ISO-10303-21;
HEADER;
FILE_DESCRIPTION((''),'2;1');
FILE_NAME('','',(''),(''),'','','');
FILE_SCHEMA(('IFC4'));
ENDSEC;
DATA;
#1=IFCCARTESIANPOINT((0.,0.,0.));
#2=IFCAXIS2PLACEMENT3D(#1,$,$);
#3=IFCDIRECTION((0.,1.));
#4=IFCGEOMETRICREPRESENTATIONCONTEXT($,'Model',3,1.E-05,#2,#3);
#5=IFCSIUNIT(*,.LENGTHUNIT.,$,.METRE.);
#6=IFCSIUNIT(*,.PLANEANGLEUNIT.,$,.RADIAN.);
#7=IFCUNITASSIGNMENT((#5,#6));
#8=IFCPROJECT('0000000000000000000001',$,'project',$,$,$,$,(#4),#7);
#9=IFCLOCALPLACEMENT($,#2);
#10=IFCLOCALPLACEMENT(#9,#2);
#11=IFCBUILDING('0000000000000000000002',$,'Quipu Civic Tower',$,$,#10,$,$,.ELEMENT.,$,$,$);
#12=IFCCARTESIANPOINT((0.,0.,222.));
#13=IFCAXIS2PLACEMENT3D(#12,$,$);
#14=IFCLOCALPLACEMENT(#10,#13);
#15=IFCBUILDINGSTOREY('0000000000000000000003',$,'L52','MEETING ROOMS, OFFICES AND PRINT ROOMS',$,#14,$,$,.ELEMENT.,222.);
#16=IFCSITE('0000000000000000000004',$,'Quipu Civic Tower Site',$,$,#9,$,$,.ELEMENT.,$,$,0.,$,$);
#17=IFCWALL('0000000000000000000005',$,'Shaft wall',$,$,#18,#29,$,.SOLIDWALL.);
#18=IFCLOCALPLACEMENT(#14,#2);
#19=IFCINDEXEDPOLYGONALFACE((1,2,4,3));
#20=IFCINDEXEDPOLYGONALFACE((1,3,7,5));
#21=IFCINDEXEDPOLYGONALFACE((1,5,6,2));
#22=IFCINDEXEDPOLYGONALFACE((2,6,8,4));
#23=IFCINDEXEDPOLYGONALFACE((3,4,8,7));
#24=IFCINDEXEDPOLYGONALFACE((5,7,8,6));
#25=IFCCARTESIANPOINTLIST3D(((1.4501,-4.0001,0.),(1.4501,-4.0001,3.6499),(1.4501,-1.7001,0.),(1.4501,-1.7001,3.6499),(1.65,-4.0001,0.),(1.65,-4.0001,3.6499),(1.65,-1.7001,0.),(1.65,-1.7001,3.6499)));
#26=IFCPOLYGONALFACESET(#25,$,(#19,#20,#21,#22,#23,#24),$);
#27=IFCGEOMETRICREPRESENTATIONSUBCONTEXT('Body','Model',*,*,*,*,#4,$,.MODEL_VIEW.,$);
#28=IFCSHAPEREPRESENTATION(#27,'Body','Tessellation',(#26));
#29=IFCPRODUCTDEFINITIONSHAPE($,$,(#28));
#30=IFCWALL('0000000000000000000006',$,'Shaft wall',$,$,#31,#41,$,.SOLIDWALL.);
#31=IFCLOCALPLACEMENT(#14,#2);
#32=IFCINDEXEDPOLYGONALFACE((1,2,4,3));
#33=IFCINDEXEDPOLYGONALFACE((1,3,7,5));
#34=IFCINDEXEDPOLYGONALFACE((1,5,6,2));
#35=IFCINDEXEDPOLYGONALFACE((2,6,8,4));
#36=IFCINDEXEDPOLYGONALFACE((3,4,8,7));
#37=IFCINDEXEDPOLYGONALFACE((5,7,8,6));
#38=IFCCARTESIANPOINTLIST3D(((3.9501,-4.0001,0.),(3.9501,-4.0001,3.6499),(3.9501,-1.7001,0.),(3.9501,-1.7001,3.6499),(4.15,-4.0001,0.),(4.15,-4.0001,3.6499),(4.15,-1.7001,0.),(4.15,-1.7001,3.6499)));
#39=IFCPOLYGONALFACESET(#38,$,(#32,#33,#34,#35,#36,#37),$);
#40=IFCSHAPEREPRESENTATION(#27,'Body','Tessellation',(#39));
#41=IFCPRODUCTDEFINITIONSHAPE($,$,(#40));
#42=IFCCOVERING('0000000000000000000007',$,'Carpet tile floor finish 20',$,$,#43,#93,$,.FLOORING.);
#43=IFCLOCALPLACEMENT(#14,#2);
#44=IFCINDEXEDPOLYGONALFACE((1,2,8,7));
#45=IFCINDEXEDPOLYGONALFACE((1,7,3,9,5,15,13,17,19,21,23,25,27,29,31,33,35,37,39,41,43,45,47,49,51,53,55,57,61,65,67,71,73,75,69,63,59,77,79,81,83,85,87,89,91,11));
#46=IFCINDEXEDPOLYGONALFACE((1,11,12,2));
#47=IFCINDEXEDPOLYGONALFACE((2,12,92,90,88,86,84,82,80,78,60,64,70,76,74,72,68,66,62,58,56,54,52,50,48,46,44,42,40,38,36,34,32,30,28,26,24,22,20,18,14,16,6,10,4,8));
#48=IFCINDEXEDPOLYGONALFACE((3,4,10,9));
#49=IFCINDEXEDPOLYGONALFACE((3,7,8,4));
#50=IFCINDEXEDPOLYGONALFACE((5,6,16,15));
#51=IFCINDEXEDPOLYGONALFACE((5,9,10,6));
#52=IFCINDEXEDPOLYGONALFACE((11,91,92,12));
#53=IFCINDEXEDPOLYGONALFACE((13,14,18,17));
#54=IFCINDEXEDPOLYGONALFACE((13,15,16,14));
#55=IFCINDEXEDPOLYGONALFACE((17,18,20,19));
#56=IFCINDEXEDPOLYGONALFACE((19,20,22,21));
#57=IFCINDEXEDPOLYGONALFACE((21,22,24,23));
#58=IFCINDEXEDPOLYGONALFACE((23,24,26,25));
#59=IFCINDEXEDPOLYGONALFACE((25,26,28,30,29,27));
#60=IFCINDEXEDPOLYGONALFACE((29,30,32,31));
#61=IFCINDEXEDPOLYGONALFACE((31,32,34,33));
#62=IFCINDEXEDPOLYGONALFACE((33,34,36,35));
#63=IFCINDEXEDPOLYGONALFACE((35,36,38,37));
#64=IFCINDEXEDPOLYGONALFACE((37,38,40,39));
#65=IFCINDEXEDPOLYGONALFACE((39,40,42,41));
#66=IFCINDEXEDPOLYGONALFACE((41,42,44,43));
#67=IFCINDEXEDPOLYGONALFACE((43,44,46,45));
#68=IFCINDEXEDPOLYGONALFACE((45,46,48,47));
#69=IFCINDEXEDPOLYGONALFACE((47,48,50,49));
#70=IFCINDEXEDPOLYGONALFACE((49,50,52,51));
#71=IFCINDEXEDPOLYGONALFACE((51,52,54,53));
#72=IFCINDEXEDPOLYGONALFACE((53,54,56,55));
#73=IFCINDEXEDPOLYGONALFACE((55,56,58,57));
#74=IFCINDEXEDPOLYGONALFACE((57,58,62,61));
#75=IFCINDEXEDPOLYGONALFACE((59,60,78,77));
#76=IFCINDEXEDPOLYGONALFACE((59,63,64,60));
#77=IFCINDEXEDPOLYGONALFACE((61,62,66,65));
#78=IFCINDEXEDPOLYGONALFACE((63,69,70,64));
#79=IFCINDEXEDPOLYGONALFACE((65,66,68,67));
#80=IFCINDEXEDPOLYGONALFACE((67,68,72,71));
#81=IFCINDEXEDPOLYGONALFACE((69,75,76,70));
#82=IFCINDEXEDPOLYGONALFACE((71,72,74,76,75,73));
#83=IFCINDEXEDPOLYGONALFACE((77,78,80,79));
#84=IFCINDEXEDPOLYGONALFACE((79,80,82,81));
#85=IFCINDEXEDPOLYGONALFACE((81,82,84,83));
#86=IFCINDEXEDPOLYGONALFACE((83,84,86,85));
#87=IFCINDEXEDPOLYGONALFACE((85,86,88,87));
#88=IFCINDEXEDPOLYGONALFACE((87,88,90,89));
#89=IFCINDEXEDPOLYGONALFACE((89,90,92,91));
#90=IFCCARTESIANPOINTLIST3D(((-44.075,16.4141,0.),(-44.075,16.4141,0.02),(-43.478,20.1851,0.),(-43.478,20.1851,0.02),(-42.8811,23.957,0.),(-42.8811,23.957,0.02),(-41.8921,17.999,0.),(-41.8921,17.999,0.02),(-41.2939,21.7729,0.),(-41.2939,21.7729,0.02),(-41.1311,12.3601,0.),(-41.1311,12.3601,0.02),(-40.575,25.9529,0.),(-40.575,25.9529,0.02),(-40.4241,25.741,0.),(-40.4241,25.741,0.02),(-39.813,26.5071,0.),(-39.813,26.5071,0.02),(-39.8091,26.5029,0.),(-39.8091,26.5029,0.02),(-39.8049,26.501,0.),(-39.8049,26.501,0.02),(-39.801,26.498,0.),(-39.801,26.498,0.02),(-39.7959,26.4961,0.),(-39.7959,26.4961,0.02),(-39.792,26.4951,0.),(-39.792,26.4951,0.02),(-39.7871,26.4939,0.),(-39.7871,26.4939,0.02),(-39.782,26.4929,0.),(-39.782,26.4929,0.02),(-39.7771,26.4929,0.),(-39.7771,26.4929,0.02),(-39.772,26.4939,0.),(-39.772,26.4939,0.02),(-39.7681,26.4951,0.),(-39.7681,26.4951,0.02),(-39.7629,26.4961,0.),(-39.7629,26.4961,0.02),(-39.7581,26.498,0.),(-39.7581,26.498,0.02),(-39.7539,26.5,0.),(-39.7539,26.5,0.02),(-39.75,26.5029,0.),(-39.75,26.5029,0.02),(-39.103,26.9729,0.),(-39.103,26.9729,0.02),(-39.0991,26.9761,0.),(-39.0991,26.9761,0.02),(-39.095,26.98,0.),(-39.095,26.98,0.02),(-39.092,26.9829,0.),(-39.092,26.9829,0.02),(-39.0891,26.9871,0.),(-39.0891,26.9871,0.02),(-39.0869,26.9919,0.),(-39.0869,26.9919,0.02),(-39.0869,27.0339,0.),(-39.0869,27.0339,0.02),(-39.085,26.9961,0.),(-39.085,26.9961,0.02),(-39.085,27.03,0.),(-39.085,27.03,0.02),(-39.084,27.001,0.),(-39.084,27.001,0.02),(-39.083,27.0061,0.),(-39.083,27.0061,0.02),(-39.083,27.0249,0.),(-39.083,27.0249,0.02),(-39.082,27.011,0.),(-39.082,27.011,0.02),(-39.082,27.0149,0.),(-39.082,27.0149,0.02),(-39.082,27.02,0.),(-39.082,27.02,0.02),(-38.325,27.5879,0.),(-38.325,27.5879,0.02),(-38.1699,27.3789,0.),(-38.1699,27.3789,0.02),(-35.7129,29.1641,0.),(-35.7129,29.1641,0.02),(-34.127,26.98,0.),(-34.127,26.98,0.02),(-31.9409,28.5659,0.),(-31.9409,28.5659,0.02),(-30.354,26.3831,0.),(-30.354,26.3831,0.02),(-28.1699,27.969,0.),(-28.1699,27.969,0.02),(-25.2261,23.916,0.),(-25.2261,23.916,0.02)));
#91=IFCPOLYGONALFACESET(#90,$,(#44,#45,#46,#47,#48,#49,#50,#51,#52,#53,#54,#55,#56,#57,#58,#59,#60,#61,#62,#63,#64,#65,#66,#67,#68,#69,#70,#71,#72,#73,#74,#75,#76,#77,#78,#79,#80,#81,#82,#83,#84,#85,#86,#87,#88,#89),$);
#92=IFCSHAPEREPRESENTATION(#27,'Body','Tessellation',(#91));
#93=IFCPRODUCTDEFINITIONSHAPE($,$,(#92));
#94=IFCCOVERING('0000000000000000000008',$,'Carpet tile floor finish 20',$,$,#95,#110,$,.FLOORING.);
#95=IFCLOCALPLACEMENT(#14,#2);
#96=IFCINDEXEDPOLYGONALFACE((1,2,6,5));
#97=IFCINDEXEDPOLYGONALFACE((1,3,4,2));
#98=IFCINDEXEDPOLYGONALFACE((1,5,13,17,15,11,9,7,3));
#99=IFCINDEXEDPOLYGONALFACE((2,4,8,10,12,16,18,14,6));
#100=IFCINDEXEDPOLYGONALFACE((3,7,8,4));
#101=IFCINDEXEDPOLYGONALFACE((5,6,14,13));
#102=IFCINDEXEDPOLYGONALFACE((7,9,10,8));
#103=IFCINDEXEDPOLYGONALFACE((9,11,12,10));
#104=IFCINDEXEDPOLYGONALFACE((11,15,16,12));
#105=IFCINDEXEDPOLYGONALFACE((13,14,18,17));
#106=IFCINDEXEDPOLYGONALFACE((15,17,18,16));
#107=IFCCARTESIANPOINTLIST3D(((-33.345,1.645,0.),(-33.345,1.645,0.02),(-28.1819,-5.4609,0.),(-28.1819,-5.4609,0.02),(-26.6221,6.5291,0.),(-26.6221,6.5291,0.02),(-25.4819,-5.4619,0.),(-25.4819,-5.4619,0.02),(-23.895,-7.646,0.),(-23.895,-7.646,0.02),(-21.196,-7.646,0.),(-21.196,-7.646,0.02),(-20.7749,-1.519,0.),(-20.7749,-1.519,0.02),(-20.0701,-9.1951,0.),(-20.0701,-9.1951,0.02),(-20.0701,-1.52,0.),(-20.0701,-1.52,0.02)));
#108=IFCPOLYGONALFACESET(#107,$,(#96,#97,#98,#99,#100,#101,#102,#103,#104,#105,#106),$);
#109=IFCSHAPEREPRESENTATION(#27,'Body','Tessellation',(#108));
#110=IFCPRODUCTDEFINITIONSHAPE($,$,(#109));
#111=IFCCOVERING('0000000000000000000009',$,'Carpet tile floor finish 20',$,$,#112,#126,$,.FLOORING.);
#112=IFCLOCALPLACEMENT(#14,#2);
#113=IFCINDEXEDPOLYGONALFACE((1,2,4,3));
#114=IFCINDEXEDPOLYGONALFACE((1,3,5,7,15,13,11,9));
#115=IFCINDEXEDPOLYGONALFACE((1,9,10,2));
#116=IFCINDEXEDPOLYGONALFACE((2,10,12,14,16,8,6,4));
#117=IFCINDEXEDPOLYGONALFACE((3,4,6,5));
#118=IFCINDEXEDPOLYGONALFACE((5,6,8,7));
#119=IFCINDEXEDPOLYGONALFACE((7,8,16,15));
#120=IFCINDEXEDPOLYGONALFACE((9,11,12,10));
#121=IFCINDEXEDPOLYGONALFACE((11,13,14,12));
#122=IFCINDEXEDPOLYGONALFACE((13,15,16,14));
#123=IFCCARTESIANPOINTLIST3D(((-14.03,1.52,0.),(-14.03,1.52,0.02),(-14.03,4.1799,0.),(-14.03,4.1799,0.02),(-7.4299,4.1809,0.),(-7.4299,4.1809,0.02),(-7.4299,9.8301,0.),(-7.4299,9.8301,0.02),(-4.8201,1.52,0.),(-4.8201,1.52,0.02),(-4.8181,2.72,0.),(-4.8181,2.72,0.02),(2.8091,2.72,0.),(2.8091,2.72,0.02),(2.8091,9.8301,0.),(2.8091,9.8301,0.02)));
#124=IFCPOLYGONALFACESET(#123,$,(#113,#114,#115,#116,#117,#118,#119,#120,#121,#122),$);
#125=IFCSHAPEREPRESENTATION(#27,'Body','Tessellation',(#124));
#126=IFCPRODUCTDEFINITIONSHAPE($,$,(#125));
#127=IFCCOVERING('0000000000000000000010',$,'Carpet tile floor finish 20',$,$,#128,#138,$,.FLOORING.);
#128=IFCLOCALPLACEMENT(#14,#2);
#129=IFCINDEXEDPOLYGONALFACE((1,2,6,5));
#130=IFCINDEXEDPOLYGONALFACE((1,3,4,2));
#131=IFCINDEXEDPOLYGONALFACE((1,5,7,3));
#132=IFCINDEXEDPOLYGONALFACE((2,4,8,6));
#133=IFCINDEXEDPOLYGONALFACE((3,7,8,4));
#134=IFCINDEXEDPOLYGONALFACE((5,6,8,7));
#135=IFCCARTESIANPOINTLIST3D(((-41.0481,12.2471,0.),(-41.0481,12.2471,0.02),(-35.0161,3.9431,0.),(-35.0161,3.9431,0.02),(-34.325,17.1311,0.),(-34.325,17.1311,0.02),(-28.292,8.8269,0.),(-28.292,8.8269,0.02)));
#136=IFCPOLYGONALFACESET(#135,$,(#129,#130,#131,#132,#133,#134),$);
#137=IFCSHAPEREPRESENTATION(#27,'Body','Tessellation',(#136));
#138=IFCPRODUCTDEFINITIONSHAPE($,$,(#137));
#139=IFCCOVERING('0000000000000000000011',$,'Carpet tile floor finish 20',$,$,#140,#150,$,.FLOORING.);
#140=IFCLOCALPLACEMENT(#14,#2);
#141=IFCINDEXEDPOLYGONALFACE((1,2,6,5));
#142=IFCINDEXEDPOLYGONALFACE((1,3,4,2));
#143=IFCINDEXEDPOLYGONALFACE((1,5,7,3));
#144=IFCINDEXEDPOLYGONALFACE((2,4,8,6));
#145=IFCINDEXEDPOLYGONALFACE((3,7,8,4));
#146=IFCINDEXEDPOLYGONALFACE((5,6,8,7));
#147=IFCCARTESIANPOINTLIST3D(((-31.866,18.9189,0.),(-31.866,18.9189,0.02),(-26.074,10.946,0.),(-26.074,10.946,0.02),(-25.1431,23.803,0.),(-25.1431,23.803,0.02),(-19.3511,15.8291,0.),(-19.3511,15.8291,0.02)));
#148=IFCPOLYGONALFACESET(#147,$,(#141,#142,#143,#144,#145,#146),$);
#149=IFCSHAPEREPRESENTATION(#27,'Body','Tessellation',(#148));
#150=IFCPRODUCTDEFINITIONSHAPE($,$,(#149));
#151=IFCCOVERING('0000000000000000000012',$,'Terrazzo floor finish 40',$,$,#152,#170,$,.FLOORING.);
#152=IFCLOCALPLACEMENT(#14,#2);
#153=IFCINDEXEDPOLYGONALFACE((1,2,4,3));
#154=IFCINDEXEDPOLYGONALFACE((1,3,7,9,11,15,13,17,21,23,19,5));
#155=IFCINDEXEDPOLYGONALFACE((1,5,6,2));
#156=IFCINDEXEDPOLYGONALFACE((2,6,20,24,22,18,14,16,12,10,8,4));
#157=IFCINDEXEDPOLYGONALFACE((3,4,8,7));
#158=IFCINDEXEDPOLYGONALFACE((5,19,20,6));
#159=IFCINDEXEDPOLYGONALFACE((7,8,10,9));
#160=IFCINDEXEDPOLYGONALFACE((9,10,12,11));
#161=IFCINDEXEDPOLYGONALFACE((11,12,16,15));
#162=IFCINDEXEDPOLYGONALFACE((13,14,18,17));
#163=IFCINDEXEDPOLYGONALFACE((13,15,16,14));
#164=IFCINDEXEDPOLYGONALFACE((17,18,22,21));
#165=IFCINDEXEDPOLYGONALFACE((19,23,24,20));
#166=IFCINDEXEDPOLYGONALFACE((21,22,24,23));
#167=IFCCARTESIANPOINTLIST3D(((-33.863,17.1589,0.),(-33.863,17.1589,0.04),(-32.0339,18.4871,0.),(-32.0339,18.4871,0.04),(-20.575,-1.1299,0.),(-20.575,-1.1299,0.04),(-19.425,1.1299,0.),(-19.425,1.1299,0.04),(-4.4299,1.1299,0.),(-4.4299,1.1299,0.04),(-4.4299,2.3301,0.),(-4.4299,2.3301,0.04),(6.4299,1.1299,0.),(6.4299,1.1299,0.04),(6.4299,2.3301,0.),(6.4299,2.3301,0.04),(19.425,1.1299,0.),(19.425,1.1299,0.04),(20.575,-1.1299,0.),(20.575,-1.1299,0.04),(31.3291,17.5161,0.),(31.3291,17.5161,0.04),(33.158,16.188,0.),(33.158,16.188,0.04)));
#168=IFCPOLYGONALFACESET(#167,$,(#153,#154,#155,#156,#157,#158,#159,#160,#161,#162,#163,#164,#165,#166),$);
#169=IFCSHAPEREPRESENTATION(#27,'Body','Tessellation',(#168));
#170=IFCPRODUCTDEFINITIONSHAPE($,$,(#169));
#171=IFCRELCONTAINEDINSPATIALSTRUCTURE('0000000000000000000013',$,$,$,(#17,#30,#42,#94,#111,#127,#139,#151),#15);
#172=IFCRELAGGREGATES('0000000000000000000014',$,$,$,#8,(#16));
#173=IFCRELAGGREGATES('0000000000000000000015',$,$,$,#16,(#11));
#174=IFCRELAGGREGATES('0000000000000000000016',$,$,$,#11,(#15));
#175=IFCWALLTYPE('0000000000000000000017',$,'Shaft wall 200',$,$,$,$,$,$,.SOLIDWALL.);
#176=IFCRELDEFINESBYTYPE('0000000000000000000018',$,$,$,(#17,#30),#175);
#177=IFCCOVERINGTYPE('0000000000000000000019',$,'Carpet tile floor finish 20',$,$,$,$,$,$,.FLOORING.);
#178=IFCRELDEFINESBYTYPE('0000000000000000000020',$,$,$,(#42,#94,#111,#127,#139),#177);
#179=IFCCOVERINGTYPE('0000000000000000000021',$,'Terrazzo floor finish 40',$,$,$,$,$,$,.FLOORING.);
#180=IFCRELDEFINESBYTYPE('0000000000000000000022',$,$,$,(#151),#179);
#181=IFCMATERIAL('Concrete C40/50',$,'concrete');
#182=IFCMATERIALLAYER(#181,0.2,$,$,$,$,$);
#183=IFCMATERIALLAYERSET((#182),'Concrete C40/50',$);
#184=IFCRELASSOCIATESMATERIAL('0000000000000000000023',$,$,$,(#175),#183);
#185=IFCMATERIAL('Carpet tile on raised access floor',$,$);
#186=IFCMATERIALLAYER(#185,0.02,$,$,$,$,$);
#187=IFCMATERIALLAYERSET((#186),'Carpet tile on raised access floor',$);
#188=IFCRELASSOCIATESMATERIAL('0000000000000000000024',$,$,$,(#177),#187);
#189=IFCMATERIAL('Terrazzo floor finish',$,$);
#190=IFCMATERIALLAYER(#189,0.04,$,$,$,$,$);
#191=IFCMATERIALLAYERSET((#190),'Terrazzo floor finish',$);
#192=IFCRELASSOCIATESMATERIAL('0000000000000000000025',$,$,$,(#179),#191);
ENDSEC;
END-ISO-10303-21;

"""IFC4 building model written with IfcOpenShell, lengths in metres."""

from ifc_helpers import new_model, si_unit, direction, frame, frame_2d, origin, place, context, subcontext, project, spatial, polyline, rectangle, outline, extrude, material, layer, layer_set, type_object, element, save


model = new_model("IFC4")

# Units and contexts
model_context = context("Model", 3, precision=1e-05, world=origin(), true_north=direction((0.0, 1.0)))
body_context = subcontext(model_context, "Body", "Model", "MODEL_VIEW")
ifc_project = project(units=[si_unit("LENGTHUNIT", "METRE"), si_unit("PLANEANGLEUNIT", "RADIAN")], contexts=[model_context])

# Site, building, storey
site_placement = place(None, origin())
site = spatial("IfcSite", under=ifc_project, at=site_placement, Name="Quipu Civic Tower Site", CompositionType="ELEMENT", RefElevation=0.0)
building_placement = place(site_placement, origin())
building = spatial("IfcBuilding", under=site, at=building_placement, Name="Quipu Civic Tower", CompositionType="ELEMENT")
storey_placement = place(building_placement, frame((0.0, 0.0, 222.0)))
storey = spatial("IfcBuildingStorey", under=building, at=storey_placement, Name="L52", Description="MEETING ROOMS, OFFICES AND PRINT ROOMS", CompositionType="ELEMENT", Elevation=222.0)

# Walls
ifc_material_1 = material(Name="Concrete C40/50", Category="concrete")
ifc_layer_1 = layer(ifc_material_1, 0.2)
ifc_layer_set_1 = layer_set([ifc_layer_1], Name="Concrete C40/50")
wall_type_1 = type_object("IfcWallType", Name="Shaft wall 200", PredefinedType="SOLIDWALL", material=ifc_layer_set_1)
for number, where, z_axis, x_axis, name in (
    (1, (1.55, -4.0, 0.0), (0.0, 0.0, 1.0), (0.0, 1.0, 0.0), "Shaft wall"),
    (2, (4.05, -4.0, 0.0), (0.0, 0.0, 1.0), (0.0, 1.0, 0.0), "Shaft wall"),
):
    element("IfcWall", number, at=place(storey_placement, frame(where, z_axis=z_axis, x_axis=x_axis)), inside=storey, type_object=wall_type_1, Name=name, PredefinedType="SOLIDWALL", context=body_context, shape_type="SweptSolid", body=[
        extrude(rectangle(XDim=2.3, YDim=0.2, at=frame_2d((1.1499, 0.0))), origin(), (0.0, 0.0, 1.0), 3.6499),
    ])

# Coverings
ifc_material_2 = material(Name="Carpet tile on raised access floor")
ifc_layer_2 = layer(ifc_material_2, 0.02)
ifc_layer_set_2 = layer_set([ifc_layer_2], Name="Carpet tile on raised access floor")
covering_type_1 = type_object("IfcCoveringType", Name="Carpet tile floor finish 20", PredefinedType="FLOORING", material=ifc_layer_set_2)
covering_1_placement = place(storey_placement, origin())
element("IfcCovering", 3, at=covering_1_placement, inside=storey, type_object=covering_type_1, Name="Carpet tile floor finish 20", PredefinedType="FLOORING", context=body_context, shape_type="SweptSolid", body=[
    extrude(outline(polyline([(-44.075, 16.4141), (-41.8921, 17.999), (-43.478, 20.1851), (-41.2939, 21.7729), (-42.8811, 23.957), (-40.4241, 25.741), (-40.575, 25.9529), (-39.813, 26.5071), (-39.8091, 26.5029), (-39.8049, 26.501), (-39.801, 26.498), (-39.7959, 26.4961), (-39.792, 26.4951), (-39.7871, 26.4939), (-39.782, 26.4929), (-39.7771, 26.4929), (-39.772, 26.4939), (-39.7681, 26.4951), (-39.7629, 26.4961), (-39.7581, 26.498), (-39.7539, 26.5), (-39.75, 26.5029), (-39.103, 26.9729), (-39.0991, 26.9761), (-39.095, 26.98), (-39.092, 26.9829), (-39.0891, 26.9871), (-39.0869, 26.9919), (-39.085, 26.9961), (-39.084, 27.001), (-39.083, 27.0061), (-39.082, 27.011), (-39.082, 27.0149), (-39.082, 27.02), (-39.083, 27.0249), (-39.085, 27.03), (-39.0869, 27.0339), (-38.325, 27.5879), (-38.1699, 27.3789), (-35.7129, 29.1641), (-34.127, 26.98), (-31.9409, 28.5659), (-30.354, 26.3831), (-28.1699, 27.969), (-25.2261, 23.916), (-41.1311, 12.3601), (-44.075, 16.4141)])), origin(), (0.0, 0.0, 1.0), 0.02),
])
covering_2_placement = place(storey_placement, origin())
element("IfcCovering", 4, at=covering_2_placement, inside=storey, type_object=covering_type_1, Name="Carpet tile floor finish 20", PredefinedType="FLOORING", context=body_context, shape_type="SweptSolid", body=[
    extrude(outline(polyline([(-33.345, 1.645), (-26.6221, 6.5291), (-20.7749, -1.519), (-20.0701, -1.52), (-20.0701, -9.1951), (-21.196, -7.646), (-23.895, -7.646), (-25.4819, -5.4619), (-28.1819, -5.4609), (-33.345, 1.645)])), origin(), (0.0, 0.0, 1.0), 0.02),
])
covering_3_placement = place(storey_placement, origin())
element("IfcCovering", 5, at=covering_3_placement, inside=storey, type_object=covering_type_1, Name="Carpet tile floor finish 20", PredefinedType="FLOORING", context=body_context, shape_type="SweptSolid", body=[
    extrude(outline(polyline([(-14.03, 1.52), (-14.03, 4.1799), (-7.4299, 4.1809), (-7.4299, 9.8301), (2.8091, 9.8301), (2.8091, 2.72), (-4.8181, 2.72), (-4.8201, 1.52), (-14.03, 1.52)])), origin(), (0.0, 0.0, 1.0), 0.02),
])
covering_4_placement = place(storey_placement, origin())
element("IfcCovering", 6, at=covering_4_placement, inside=storey, type_object=covering_type_1, Name="Carpet tile floor finish 20", PredefinedType="FLOORING", context=body_context, shape_type="SweptSolid", body=[
    extrude(outline(polyline([(-41.0481, 12.2471), (-34.325, 17.1311), (-28.292, 8.8269), (-35.0161, 3.9431), (-41.0481, 12.2471)])), origin(), (0.0, 0.0, 1.0), 0.02),
])
covering_5_placement = place(storey_placement, origin())
element("IfcCovering", 7, at=covering_5_placement, inside=storey, type_object=covering_type_1, Name="Carpet tile floor finish 20", PredefinedType="FLOORING", context=body_context, shape_type="SweptSolid", body=[
    extrude(outline(polyline([(-31.866, 18.9189), (-25.1431, 23.803), (-19.3511, 15.8291), (-26.074, 10.946), (-31.866, 18.9189)])), origin(), (0.0, 0.0, 1.0), 0.02),
])
ifc_material_3 = material(Name="Terrazzo floor finish")
ifc_layer_3 = layer(ifc_material_3, 0.04)
ifc_layer_set_3 = layer_set([ifc_layer_3], Name="Terrazzo floor finish")
covering_type_2 = type_object("IfcCoveringType", Name="Terrazzo floor finish 40", PredefinedType="FLOORING", material=ifc_layer_set_3)
covering_6_placement = place(storey_placement, origin())
element("IfcCovering", 8, at=covering_6_placement, inside=storey, type_object=covering_type_2, Name="Terrazzo floor finish 40", PredefinedType="FLOORING", context=body_context, shape_type="SweptSolid", body=[
    extrude(outline(polyline([(6.4299, 1.1299), (19.425, 1.1299), (31.3291, 17.5161), (33.158, 16.188), (20.575, -1.1299), (-20.575, -1.1299), (-33.863, 17.1589), (-32.0339, 18.4871), (-19.425, 1.1299), (-4.4299, 1.1299), (-4.4299, 2.3301), (6.4299, 2.3301), (6.4299, 1.1299)])), origin(), (0.0, 0.0, 1.0), 0.04),
])

save(model, "model.ifc")
